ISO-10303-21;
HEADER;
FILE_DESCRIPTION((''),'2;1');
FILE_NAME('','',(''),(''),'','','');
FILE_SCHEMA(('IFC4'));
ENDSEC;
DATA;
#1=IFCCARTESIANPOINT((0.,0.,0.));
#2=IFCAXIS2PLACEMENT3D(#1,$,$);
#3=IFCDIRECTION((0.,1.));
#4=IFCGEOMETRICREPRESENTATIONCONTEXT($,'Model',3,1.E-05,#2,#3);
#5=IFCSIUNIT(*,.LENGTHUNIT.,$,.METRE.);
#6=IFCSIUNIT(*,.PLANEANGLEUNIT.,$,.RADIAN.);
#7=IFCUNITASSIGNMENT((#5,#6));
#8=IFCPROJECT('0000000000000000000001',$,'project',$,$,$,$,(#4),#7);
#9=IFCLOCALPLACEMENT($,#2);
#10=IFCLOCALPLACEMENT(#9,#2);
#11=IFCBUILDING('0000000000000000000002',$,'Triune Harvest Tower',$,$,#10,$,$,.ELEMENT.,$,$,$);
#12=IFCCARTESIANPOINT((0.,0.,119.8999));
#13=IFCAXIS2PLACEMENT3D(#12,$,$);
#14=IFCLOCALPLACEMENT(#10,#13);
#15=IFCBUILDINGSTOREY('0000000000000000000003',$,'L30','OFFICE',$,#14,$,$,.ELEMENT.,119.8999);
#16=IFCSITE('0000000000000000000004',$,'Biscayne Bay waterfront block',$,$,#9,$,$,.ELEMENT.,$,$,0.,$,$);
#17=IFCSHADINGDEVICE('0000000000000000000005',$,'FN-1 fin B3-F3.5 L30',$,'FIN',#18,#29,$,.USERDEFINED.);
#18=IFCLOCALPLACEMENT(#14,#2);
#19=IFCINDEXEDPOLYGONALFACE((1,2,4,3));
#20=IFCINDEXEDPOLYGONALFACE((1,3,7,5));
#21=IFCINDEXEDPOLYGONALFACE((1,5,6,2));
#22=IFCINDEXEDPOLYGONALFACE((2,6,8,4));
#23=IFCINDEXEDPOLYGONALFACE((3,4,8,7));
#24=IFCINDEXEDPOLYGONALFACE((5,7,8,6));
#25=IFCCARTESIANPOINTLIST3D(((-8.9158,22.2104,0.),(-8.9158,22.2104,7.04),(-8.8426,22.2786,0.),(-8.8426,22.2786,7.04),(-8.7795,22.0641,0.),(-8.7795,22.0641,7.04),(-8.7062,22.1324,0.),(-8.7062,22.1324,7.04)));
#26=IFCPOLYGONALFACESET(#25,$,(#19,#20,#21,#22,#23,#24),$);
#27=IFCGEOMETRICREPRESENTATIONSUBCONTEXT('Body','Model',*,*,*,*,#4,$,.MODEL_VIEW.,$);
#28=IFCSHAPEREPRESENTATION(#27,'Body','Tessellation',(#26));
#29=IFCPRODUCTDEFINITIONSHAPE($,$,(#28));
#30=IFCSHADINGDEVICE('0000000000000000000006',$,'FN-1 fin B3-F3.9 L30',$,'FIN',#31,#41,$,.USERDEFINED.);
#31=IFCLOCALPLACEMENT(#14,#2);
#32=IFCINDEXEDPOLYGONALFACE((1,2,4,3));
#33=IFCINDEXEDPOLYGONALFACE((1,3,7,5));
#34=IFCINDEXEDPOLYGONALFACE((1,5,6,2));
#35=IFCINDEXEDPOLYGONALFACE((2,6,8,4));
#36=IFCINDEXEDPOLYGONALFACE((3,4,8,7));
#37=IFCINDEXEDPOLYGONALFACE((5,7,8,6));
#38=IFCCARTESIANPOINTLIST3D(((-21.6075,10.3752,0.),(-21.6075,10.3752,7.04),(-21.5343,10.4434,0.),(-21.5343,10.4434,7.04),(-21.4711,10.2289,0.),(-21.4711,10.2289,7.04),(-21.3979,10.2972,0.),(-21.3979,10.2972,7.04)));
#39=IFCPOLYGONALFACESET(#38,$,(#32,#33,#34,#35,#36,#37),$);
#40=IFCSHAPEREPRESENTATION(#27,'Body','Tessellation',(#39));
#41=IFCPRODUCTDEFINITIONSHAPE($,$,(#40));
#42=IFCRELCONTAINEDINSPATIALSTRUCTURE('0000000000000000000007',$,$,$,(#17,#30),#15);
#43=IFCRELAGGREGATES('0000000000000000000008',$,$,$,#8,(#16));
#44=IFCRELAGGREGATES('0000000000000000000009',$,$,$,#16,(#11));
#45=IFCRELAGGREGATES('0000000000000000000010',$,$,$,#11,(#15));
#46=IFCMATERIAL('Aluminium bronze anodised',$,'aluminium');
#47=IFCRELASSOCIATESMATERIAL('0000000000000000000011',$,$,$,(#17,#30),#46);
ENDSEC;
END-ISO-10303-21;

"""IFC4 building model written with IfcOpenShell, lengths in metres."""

from ifc_helpers import new_model, si_unit, direction, frame, origin, origin_2d, place, context, subcontext, project, spatial, rectangle, extrude, source, transform, mapped, material, element, save


model = new_model("IFC4")

# Units and contexts
model_context = context("Model", 3, precision=1e-05, world=origin(), true_north=direction((0.0, 1.0)))
body_context = subcontext(model_context, "Body", "Model", "MODEL_VIEW")
ifc_project = project(units=[si_unit("LENGTHUNIT", "METRE"), si_unit("PLANEANGLEUNIT", "RADIAN")], contexts=[model_context])

# Site, building, storey
site_placement = place(None, origin())
site = spatial("IfcSite", under=ifc_project, at=site_placement, Name="Biscayne Bay waterfront block", CompositionType="ELEMENT", RefElevation=0.0)
building_placement = place(site_placement, origin())
building = spatial("IfcBuilding", under=site, at=building_placement, Name="Triune Harvest Tower", CompositionType="ELEMENT")
storey_placement = place(building_placement, frame((0.0, 0.0, 119.8999)))
storey = spatial("IfcBuildingStorey", under=building, at=storey_placement, Name="L30", Description="OFFICE", CompositionType="ELEMENT", Elevation=119.8999)

# Shading devices
ifc_material_1 = material(Name="Aluminium bronze anodised", Category="aluminium")
shared_shape_1 = source(origin(), body_context, "Body", "SweptSolid", [
    extrude(rectangle(XDim=0.1001, YDim=0.2, at=origin_2d()), origin(), (0.0, 0.0, 1.0), 7.04),
])
for number, where, z_axis, x_axis, name in (
    (1, (-8.811, 22.1714, 0.0), (0.0, 0.0, 1.0), (-0.731353, -0.681999, 0.0), "FN-1 fin B3-F3.5 L30"),
    (2, (-21.5027, 10.3362, 0.0), (0.0, 0.0, 1.0), (-0.731353, -0.681999, 0.0), "FN-1 fin B3-F3.9 L30"),
):
    element("IfcShadingDevice", number, at=place(storey_placement, frame(where, z_axis=z_axis, x_axis=x_axis)), inside=storey, material=ifc_material_1, Name=name, ObjectType="FIN", PredefinedType="USERDEFINED", context=body_context, shape_type="MappedRepresentation", body=[
        mapped(shared_shape_1, transform((0.0, 0.0, 0.0), scale=1.0)),
    ])

save(model, "model.ifc")
